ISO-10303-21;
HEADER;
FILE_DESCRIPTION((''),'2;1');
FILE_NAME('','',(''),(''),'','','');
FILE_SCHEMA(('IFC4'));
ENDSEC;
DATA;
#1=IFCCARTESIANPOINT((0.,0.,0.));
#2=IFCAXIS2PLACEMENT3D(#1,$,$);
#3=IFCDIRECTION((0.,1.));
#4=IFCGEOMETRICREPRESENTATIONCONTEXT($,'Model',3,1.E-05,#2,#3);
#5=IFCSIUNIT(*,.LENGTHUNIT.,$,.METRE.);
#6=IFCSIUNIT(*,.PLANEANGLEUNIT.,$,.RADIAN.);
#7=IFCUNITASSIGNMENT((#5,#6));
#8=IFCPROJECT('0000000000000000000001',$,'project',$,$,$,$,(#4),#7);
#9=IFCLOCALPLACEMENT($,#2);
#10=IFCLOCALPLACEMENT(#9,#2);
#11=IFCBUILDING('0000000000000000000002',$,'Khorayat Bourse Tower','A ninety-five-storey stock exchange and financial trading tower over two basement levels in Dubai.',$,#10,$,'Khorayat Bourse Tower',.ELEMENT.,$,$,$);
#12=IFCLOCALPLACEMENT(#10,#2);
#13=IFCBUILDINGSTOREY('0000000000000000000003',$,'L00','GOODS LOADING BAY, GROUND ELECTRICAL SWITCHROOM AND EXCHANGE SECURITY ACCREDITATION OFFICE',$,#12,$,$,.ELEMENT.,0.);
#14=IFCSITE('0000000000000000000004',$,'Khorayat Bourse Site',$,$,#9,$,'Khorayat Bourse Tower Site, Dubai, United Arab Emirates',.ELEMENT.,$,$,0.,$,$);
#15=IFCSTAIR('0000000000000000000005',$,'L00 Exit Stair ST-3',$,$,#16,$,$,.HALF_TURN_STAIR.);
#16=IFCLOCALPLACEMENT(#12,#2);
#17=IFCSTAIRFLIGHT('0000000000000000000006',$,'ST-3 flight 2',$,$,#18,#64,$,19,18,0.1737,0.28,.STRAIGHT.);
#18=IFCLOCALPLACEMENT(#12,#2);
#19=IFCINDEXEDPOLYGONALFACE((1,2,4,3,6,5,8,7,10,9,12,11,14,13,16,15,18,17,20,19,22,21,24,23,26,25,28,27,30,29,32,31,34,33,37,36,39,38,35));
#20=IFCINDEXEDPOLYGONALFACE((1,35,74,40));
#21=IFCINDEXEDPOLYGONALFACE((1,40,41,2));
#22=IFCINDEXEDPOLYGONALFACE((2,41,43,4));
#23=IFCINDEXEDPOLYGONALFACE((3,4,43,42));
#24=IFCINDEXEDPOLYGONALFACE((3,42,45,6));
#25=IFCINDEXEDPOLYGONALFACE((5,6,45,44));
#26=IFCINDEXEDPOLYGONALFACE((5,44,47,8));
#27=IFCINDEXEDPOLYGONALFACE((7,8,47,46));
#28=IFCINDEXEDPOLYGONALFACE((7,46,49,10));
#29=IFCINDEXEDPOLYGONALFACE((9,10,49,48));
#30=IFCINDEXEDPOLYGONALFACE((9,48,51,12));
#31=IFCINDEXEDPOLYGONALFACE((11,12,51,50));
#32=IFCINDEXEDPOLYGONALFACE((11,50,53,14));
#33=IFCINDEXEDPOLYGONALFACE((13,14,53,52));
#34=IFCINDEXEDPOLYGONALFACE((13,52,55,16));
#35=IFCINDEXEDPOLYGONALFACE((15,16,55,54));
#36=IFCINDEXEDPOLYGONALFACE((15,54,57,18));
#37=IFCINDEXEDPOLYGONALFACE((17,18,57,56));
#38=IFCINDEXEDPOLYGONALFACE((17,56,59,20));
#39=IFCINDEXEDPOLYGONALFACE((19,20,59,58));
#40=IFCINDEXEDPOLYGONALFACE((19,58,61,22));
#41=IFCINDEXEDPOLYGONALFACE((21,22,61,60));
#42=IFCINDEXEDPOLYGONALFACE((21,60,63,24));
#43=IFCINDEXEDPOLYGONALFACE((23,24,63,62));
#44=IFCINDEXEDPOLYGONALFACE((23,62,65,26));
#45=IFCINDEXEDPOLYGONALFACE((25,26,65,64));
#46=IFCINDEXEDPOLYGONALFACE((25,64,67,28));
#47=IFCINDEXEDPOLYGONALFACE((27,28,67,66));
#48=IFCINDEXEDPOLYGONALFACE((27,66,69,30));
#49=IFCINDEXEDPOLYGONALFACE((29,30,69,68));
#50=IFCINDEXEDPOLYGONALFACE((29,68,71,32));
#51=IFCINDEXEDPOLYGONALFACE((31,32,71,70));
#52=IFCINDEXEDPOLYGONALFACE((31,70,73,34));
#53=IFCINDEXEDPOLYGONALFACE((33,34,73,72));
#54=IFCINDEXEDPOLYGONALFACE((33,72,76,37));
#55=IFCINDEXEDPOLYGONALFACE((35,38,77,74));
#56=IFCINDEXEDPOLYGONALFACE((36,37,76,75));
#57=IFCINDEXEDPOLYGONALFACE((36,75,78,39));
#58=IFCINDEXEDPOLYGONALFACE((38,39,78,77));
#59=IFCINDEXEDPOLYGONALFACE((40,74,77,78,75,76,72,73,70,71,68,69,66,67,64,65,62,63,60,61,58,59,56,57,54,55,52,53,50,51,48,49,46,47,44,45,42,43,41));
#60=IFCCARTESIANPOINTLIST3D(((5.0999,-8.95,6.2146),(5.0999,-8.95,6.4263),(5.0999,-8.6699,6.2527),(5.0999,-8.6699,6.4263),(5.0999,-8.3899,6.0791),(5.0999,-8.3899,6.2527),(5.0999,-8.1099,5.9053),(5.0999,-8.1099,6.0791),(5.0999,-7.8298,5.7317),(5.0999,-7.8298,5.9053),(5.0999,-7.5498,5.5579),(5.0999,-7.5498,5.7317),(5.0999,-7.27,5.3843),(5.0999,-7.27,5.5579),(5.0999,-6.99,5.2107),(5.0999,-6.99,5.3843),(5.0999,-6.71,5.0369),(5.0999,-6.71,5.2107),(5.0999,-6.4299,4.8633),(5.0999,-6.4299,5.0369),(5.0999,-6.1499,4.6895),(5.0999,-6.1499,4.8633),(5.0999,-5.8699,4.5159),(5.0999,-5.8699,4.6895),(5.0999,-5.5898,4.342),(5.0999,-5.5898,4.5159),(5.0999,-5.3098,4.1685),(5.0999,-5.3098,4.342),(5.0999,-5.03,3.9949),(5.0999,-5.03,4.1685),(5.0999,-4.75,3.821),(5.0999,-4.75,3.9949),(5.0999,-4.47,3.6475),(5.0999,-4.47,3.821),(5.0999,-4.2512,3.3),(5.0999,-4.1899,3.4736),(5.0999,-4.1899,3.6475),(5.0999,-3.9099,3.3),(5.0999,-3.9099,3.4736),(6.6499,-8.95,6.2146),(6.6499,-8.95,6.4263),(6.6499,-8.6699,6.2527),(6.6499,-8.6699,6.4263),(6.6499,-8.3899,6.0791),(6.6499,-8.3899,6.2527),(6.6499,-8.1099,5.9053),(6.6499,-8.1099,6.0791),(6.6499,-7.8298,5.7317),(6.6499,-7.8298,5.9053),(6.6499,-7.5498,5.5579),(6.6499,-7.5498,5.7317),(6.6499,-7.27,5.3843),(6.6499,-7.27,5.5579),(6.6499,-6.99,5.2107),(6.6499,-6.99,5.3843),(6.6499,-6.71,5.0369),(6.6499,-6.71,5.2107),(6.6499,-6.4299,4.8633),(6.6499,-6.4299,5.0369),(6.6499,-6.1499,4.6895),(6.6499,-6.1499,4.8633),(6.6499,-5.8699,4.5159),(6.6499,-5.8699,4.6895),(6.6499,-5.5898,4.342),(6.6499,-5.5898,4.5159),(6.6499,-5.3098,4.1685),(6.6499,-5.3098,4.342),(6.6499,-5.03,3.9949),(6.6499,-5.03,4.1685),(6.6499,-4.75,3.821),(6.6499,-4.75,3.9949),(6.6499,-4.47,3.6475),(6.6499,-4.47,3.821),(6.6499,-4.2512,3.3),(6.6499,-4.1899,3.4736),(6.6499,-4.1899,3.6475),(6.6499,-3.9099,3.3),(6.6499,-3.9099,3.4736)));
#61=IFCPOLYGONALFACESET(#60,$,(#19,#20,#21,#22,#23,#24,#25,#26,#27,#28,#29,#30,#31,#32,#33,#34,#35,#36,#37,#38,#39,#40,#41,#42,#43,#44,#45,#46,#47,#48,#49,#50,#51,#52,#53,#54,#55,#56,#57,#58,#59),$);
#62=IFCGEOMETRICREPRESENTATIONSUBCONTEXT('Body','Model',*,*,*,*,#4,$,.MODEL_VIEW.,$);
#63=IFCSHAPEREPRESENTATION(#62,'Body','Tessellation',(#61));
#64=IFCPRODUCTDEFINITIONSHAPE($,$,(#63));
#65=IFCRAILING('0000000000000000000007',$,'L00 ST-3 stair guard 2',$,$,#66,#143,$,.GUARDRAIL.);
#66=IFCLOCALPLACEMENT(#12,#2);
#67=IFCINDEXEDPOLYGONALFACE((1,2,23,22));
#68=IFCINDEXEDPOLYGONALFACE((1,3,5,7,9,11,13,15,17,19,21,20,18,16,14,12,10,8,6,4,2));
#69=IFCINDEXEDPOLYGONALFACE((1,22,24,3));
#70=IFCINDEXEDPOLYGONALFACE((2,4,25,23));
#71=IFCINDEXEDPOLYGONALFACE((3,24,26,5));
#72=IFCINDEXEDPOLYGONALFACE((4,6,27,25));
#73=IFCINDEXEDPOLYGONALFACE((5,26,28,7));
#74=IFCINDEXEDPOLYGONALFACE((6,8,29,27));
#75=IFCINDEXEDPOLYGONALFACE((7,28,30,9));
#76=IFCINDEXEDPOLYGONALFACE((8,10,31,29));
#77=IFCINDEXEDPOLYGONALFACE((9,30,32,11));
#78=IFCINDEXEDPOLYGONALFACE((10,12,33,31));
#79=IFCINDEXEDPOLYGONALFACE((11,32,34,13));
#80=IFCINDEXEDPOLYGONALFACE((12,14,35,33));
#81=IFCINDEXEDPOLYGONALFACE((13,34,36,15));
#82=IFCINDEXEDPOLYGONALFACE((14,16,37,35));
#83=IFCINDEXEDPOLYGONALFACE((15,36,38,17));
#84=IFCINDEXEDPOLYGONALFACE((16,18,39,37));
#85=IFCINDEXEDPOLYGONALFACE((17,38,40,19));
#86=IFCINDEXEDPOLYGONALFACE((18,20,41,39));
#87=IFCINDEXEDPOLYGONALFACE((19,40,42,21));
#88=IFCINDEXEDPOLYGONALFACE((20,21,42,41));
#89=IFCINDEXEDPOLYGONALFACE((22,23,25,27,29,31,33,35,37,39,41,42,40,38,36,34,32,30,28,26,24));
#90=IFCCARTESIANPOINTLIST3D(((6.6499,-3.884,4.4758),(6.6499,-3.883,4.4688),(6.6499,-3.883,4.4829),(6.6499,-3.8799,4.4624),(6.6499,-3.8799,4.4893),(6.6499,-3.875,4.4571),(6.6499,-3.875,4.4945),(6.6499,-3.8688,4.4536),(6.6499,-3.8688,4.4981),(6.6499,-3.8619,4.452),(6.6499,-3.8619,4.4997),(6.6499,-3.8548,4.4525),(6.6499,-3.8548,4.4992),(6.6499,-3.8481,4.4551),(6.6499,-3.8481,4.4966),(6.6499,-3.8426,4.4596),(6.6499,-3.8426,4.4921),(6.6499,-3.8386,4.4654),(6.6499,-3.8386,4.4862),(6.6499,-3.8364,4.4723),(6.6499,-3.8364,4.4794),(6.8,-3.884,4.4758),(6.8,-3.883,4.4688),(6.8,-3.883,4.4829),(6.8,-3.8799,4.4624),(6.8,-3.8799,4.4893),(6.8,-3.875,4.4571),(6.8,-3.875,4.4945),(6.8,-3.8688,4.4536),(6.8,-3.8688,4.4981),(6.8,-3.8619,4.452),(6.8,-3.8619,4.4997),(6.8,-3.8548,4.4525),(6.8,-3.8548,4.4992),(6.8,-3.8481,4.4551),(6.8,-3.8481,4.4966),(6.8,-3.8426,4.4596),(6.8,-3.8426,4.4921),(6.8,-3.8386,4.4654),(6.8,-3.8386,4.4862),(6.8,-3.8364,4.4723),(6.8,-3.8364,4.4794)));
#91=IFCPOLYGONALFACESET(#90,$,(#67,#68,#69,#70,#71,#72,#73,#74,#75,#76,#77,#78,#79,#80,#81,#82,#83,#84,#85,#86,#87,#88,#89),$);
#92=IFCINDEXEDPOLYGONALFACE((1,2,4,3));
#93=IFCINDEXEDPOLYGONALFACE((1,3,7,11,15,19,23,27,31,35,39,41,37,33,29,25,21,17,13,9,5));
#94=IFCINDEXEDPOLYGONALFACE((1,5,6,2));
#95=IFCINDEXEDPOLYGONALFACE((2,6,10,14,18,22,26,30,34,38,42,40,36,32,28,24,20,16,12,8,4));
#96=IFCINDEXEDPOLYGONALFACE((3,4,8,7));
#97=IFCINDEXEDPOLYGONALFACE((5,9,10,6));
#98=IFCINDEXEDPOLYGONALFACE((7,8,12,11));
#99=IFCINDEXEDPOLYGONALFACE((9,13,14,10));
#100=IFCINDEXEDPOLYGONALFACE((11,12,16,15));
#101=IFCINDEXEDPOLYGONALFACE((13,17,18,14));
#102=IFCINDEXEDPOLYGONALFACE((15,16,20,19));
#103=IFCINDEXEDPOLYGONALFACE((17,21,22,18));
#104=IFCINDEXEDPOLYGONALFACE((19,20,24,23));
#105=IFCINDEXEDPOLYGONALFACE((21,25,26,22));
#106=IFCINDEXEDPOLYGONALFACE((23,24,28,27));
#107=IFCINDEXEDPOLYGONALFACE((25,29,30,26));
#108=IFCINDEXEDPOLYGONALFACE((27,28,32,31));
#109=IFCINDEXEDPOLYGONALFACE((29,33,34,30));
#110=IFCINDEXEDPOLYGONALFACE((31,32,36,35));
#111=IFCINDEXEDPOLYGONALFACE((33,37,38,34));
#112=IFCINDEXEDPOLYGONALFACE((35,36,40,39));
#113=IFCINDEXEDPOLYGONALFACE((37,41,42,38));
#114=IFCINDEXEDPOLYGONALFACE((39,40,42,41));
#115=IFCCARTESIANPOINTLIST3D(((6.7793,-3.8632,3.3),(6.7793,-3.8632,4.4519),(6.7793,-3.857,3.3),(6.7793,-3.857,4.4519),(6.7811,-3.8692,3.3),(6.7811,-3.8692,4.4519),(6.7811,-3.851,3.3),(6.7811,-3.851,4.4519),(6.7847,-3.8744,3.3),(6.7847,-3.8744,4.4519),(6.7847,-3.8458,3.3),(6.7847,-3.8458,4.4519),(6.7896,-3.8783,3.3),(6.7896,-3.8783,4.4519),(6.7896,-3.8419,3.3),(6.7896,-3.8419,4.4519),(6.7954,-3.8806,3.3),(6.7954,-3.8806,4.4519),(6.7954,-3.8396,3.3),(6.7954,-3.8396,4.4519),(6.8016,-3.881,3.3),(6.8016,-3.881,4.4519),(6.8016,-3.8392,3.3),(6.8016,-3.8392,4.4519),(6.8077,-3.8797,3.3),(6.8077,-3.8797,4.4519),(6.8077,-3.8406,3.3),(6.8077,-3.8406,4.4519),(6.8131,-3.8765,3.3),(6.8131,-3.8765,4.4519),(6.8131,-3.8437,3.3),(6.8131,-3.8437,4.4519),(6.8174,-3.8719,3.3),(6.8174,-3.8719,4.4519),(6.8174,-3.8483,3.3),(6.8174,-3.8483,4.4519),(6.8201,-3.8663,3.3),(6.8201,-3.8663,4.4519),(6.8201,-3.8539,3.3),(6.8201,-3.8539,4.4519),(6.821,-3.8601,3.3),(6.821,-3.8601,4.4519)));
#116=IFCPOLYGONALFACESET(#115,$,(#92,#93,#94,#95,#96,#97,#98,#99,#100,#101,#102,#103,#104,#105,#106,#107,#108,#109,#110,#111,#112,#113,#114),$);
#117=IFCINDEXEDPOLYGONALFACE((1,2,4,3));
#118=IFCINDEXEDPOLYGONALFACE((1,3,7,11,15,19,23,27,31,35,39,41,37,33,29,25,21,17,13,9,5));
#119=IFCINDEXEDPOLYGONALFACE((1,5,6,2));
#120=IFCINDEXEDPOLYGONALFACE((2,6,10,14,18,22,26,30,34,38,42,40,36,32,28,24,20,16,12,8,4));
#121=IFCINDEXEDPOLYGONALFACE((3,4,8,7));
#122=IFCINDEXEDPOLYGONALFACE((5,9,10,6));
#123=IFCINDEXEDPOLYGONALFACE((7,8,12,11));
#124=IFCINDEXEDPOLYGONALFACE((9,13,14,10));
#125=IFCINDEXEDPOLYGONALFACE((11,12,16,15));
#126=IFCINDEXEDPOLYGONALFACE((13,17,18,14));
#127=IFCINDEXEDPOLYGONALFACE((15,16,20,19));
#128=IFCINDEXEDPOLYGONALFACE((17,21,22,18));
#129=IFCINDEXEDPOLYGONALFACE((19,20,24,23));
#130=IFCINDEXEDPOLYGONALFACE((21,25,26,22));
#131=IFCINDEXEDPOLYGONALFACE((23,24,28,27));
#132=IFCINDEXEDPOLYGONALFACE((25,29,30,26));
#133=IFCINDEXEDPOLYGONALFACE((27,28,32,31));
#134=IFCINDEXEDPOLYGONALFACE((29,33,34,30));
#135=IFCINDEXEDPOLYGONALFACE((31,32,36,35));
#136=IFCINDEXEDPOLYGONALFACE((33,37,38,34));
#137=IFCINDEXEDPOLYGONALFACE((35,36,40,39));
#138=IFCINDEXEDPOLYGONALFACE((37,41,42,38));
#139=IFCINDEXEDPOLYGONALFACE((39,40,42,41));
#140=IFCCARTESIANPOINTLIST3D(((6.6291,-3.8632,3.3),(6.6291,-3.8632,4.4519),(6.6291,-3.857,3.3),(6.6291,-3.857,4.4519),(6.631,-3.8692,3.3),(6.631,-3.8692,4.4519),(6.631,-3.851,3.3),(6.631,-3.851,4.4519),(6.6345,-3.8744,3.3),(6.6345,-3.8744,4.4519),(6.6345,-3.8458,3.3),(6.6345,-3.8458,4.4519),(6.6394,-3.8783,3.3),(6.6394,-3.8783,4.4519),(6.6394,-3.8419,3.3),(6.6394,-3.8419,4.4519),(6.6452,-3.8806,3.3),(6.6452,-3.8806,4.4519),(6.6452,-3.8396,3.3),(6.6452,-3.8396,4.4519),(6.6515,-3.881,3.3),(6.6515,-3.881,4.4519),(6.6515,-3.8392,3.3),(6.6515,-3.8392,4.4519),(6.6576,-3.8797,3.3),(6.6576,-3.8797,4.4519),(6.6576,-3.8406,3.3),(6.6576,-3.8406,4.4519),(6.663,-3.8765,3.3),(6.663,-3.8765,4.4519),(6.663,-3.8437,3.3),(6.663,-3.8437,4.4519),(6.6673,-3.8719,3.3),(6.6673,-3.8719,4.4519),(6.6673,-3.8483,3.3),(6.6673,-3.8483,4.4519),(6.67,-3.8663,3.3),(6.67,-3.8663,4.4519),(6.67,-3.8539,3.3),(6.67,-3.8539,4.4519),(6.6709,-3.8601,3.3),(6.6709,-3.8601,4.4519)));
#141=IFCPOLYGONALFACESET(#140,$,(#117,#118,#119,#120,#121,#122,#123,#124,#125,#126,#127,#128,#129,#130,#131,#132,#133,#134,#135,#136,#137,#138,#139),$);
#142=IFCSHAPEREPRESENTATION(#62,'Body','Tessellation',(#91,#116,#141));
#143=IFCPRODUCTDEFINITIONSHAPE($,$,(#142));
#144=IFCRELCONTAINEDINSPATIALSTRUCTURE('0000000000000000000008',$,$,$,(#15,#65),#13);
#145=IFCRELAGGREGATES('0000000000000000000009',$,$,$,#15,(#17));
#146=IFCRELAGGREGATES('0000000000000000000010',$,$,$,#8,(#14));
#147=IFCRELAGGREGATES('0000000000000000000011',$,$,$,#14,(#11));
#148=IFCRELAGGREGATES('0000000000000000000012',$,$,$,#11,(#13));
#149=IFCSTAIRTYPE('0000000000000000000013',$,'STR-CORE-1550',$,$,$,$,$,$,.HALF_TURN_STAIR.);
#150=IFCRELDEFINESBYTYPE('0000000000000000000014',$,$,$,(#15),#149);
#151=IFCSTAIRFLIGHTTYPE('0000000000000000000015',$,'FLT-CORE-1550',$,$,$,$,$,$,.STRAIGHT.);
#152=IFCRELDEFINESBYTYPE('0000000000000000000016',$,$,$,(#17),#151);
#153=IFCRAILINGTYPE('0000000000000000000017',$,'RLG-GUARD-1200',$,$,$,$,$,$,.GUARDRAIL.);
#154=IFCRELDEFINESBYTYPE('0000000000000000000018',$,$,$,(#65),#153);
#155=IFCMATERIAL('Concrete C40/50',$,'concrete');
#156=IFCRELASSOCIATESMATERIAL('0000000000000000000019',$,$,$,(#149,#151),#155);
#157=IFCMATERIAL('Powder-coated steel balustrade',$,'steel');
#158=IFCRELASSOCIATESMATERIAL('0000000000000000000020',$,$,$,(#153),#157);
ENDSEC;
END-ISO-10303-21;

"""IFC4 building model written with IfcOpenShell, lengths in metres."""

from ifc_helpers import new_model, si_unit, direction, frame, origin, origin_2d, place, context, subcontext, project, spatial, polyline, circle, outline, extrude, source, transform, mapped, material, type_object, element, aggregate, save


model = new_model("IFC4")

# Units and contexts
model_context = context("Model", 3, precision=1e-05, world=origin(), true_north=direction((0.0, 1.0)))
body_context = subcontext(model_context, "Body", "Model", "MODEL_VIEW")
ifc_project = project(units=[si_unit("LENGTHUNIT", "METRE"), si_unit("PLANEANGLEUNIT", "RADIAN")], contexts=[model_context])

# Site, building, storey
site_placement = place(None, origin())
site = spatial("IfcSite", under=ifc_project, at=site_placement, Name="Khorayat Bourse Site", LongName="Khorayat Bourse Tower Site, Dubai, United Arab Emirates", CompositionType="ELEMENT", RefElevation=0.0)
building_placement = place(site_placement, origin())
building = spatial("IfcBuilding", under=site, at=building_placement, Name="Khorayat Bourse Tower", Description="A ninety-five-storey stock exchange and financial trading tower over two basement levels in Dubai.", LongName="Khorayat Bourse Tower", CompositionType="ELEMENT")
storey_placement = place(building_placement, origin())
storey = spatial("IfcBuildingStorey", under=building, at=storey_placement, Name="L00", Description="GOODS LOADING BAY, GROUND ELECTRICAL SWITCHROOM AND EXCHANGE SECURITY ACCREDITATION OFFICE", CompositionType="ELEMENT", Elevation=0.0)

# Stair, stair flight
ifc_material_1 = material(Name="Concrete C40/50", Category="concrete")
stair_type = type_object("IfcStairType", Name="STR-CORE-1550", PredefinedType="HALF_TURN_STAIR", material=ifc_material_1)
stair_placement = place(storey_placement, origin())
stair = element("IfcStair", 1, at=stair_placement, inside=storey, type_object=stair_type, Name="L00 Exit Stair ST-3", PredefinedType="HALF_TURN_STAIR")
stair_flight_type = type_object("IfcStairFlightType", Name="FLT-CORE-1550", PredefinedType="STRAIGHT", material=ifc_material_1)
shared_shape_1 = source(origin(), body_context, "Body", "SweptSolid", [
    extrude(outline(polyline([(0.0, 0.0), (0.0, 0.1736), (0.28, 0.1736), (0.28, 0.3474), (0.5601, 0.3474), (0.5601, 0.521), (0.8401, 0.521), (0.8401, 0.6948), (1.1201, 0.6948), (1.1201, 0.8684), (1.3999, 0.8684), (1.3999, 1.042), (1.6799, 1.042), (1.6799, 1.2158), (1.96, 1.2158), (1.96, 1.3894), (2.24, 1.3894), (2.24, 1.5632), (2.52, 1.5632), (2.52, 1.7368), (2.8, 1.7368), (2.8, 1.9106), (3.0801, 1.9106), (3.0801, 2.0842), (3.3601, 2.0842), (3.3601, 2.2578), (3.6399, 2.2578), (3.6399, 2.4316), (3.9199, 2.4316), (3.9199, 2.6052), (4.2, 2.6052), (4.2, 2.7791), (4.48, 2.7791), (4.48, 2.9526), (4.76, 2.9526), (4.76, 3.1262), (5.04, 3.1262), (5.04, 3.3), (5.04, 2.9146), (0.3413, 0.0), (0.0, 0.0)])), frame((0.0, 0.7749, 0.0), z_axis=(0.0, -1.0, 0.0), x_axis=(1.0, 0.0, 0.0)), (0.0, 0.0, 1.0), 1.55),
])
stair_flight_placement = place(storey_placement, frame((5.875, -3.9099, 3.3), z_axis=(0.0, 0.0, 1.0), x_axis=(0.0, -1.0, 0.0)))
stair_flight = element("IfcStairFlight", 2, at=stair_flight_placement, type_object=stair_flight_type, Name="ST-3 flight 2", NumberOfRisers=19, NumberOfTreads=18, PredefinedType="STRAIGHT", RiserHeight=0.1737, TreadLength=0.28, context=body_context, shape_type="MappedRepresentation", body=[
    mapped(shared_shape_1, transform((0.0, 0.0, 0.0), scale=1.0)),
])
aggregate(stair, [stair_flight])

# Railing
ifc_material_2 = material(Name="Powder-coated steel balustrade", Category="steel")
railing_type_1 = type_object("IfcRailingType", Name="RLG-GUARD-1200", PredefinedType="GUARDRAIL", material=ifc_material_2)
shared_shape_2 = source(origin(), body_context, "Body", "SweptSolid", [
    extrude(circle(Radius=0.0239, at=origin_2d()), frame((0.0, 0.0, 1.1758), z_axis=(-1.0, 0.0, 0.0), x_axis=(0.0, -1.0, 0.0)), (0.0, 0.0, 1.0), 0.1501),
    extrude(circle(Radius=0.021, at=origin_2d()), origin(), (0.0, 0.0, 1.0), 1.1519),
    extrude(circle(Radius=0.021, at=origin_2d()), frame((-0.1501, 0.0, 0.0)), (0.0, 0.0, 1.0), 1.1519),
])
for number, where, name in (
    (3, (6.8, -3.8601, 3.3), "L00 ST-3 stair guard 2"),
):
    element("IfcRailing", number, at=place(storey_placement, frame(where)), inside=storey, type_object=railing_type_1, Name=name, PredefinedType="GUARDRAIL", context=body_context, shape_type="MappedRepresentation", body=[
        mapped(shared_shape_2, transform((0.0, 0.0, 0.0), scale=1.0)),
    ])

save(model, "model.ifc")
